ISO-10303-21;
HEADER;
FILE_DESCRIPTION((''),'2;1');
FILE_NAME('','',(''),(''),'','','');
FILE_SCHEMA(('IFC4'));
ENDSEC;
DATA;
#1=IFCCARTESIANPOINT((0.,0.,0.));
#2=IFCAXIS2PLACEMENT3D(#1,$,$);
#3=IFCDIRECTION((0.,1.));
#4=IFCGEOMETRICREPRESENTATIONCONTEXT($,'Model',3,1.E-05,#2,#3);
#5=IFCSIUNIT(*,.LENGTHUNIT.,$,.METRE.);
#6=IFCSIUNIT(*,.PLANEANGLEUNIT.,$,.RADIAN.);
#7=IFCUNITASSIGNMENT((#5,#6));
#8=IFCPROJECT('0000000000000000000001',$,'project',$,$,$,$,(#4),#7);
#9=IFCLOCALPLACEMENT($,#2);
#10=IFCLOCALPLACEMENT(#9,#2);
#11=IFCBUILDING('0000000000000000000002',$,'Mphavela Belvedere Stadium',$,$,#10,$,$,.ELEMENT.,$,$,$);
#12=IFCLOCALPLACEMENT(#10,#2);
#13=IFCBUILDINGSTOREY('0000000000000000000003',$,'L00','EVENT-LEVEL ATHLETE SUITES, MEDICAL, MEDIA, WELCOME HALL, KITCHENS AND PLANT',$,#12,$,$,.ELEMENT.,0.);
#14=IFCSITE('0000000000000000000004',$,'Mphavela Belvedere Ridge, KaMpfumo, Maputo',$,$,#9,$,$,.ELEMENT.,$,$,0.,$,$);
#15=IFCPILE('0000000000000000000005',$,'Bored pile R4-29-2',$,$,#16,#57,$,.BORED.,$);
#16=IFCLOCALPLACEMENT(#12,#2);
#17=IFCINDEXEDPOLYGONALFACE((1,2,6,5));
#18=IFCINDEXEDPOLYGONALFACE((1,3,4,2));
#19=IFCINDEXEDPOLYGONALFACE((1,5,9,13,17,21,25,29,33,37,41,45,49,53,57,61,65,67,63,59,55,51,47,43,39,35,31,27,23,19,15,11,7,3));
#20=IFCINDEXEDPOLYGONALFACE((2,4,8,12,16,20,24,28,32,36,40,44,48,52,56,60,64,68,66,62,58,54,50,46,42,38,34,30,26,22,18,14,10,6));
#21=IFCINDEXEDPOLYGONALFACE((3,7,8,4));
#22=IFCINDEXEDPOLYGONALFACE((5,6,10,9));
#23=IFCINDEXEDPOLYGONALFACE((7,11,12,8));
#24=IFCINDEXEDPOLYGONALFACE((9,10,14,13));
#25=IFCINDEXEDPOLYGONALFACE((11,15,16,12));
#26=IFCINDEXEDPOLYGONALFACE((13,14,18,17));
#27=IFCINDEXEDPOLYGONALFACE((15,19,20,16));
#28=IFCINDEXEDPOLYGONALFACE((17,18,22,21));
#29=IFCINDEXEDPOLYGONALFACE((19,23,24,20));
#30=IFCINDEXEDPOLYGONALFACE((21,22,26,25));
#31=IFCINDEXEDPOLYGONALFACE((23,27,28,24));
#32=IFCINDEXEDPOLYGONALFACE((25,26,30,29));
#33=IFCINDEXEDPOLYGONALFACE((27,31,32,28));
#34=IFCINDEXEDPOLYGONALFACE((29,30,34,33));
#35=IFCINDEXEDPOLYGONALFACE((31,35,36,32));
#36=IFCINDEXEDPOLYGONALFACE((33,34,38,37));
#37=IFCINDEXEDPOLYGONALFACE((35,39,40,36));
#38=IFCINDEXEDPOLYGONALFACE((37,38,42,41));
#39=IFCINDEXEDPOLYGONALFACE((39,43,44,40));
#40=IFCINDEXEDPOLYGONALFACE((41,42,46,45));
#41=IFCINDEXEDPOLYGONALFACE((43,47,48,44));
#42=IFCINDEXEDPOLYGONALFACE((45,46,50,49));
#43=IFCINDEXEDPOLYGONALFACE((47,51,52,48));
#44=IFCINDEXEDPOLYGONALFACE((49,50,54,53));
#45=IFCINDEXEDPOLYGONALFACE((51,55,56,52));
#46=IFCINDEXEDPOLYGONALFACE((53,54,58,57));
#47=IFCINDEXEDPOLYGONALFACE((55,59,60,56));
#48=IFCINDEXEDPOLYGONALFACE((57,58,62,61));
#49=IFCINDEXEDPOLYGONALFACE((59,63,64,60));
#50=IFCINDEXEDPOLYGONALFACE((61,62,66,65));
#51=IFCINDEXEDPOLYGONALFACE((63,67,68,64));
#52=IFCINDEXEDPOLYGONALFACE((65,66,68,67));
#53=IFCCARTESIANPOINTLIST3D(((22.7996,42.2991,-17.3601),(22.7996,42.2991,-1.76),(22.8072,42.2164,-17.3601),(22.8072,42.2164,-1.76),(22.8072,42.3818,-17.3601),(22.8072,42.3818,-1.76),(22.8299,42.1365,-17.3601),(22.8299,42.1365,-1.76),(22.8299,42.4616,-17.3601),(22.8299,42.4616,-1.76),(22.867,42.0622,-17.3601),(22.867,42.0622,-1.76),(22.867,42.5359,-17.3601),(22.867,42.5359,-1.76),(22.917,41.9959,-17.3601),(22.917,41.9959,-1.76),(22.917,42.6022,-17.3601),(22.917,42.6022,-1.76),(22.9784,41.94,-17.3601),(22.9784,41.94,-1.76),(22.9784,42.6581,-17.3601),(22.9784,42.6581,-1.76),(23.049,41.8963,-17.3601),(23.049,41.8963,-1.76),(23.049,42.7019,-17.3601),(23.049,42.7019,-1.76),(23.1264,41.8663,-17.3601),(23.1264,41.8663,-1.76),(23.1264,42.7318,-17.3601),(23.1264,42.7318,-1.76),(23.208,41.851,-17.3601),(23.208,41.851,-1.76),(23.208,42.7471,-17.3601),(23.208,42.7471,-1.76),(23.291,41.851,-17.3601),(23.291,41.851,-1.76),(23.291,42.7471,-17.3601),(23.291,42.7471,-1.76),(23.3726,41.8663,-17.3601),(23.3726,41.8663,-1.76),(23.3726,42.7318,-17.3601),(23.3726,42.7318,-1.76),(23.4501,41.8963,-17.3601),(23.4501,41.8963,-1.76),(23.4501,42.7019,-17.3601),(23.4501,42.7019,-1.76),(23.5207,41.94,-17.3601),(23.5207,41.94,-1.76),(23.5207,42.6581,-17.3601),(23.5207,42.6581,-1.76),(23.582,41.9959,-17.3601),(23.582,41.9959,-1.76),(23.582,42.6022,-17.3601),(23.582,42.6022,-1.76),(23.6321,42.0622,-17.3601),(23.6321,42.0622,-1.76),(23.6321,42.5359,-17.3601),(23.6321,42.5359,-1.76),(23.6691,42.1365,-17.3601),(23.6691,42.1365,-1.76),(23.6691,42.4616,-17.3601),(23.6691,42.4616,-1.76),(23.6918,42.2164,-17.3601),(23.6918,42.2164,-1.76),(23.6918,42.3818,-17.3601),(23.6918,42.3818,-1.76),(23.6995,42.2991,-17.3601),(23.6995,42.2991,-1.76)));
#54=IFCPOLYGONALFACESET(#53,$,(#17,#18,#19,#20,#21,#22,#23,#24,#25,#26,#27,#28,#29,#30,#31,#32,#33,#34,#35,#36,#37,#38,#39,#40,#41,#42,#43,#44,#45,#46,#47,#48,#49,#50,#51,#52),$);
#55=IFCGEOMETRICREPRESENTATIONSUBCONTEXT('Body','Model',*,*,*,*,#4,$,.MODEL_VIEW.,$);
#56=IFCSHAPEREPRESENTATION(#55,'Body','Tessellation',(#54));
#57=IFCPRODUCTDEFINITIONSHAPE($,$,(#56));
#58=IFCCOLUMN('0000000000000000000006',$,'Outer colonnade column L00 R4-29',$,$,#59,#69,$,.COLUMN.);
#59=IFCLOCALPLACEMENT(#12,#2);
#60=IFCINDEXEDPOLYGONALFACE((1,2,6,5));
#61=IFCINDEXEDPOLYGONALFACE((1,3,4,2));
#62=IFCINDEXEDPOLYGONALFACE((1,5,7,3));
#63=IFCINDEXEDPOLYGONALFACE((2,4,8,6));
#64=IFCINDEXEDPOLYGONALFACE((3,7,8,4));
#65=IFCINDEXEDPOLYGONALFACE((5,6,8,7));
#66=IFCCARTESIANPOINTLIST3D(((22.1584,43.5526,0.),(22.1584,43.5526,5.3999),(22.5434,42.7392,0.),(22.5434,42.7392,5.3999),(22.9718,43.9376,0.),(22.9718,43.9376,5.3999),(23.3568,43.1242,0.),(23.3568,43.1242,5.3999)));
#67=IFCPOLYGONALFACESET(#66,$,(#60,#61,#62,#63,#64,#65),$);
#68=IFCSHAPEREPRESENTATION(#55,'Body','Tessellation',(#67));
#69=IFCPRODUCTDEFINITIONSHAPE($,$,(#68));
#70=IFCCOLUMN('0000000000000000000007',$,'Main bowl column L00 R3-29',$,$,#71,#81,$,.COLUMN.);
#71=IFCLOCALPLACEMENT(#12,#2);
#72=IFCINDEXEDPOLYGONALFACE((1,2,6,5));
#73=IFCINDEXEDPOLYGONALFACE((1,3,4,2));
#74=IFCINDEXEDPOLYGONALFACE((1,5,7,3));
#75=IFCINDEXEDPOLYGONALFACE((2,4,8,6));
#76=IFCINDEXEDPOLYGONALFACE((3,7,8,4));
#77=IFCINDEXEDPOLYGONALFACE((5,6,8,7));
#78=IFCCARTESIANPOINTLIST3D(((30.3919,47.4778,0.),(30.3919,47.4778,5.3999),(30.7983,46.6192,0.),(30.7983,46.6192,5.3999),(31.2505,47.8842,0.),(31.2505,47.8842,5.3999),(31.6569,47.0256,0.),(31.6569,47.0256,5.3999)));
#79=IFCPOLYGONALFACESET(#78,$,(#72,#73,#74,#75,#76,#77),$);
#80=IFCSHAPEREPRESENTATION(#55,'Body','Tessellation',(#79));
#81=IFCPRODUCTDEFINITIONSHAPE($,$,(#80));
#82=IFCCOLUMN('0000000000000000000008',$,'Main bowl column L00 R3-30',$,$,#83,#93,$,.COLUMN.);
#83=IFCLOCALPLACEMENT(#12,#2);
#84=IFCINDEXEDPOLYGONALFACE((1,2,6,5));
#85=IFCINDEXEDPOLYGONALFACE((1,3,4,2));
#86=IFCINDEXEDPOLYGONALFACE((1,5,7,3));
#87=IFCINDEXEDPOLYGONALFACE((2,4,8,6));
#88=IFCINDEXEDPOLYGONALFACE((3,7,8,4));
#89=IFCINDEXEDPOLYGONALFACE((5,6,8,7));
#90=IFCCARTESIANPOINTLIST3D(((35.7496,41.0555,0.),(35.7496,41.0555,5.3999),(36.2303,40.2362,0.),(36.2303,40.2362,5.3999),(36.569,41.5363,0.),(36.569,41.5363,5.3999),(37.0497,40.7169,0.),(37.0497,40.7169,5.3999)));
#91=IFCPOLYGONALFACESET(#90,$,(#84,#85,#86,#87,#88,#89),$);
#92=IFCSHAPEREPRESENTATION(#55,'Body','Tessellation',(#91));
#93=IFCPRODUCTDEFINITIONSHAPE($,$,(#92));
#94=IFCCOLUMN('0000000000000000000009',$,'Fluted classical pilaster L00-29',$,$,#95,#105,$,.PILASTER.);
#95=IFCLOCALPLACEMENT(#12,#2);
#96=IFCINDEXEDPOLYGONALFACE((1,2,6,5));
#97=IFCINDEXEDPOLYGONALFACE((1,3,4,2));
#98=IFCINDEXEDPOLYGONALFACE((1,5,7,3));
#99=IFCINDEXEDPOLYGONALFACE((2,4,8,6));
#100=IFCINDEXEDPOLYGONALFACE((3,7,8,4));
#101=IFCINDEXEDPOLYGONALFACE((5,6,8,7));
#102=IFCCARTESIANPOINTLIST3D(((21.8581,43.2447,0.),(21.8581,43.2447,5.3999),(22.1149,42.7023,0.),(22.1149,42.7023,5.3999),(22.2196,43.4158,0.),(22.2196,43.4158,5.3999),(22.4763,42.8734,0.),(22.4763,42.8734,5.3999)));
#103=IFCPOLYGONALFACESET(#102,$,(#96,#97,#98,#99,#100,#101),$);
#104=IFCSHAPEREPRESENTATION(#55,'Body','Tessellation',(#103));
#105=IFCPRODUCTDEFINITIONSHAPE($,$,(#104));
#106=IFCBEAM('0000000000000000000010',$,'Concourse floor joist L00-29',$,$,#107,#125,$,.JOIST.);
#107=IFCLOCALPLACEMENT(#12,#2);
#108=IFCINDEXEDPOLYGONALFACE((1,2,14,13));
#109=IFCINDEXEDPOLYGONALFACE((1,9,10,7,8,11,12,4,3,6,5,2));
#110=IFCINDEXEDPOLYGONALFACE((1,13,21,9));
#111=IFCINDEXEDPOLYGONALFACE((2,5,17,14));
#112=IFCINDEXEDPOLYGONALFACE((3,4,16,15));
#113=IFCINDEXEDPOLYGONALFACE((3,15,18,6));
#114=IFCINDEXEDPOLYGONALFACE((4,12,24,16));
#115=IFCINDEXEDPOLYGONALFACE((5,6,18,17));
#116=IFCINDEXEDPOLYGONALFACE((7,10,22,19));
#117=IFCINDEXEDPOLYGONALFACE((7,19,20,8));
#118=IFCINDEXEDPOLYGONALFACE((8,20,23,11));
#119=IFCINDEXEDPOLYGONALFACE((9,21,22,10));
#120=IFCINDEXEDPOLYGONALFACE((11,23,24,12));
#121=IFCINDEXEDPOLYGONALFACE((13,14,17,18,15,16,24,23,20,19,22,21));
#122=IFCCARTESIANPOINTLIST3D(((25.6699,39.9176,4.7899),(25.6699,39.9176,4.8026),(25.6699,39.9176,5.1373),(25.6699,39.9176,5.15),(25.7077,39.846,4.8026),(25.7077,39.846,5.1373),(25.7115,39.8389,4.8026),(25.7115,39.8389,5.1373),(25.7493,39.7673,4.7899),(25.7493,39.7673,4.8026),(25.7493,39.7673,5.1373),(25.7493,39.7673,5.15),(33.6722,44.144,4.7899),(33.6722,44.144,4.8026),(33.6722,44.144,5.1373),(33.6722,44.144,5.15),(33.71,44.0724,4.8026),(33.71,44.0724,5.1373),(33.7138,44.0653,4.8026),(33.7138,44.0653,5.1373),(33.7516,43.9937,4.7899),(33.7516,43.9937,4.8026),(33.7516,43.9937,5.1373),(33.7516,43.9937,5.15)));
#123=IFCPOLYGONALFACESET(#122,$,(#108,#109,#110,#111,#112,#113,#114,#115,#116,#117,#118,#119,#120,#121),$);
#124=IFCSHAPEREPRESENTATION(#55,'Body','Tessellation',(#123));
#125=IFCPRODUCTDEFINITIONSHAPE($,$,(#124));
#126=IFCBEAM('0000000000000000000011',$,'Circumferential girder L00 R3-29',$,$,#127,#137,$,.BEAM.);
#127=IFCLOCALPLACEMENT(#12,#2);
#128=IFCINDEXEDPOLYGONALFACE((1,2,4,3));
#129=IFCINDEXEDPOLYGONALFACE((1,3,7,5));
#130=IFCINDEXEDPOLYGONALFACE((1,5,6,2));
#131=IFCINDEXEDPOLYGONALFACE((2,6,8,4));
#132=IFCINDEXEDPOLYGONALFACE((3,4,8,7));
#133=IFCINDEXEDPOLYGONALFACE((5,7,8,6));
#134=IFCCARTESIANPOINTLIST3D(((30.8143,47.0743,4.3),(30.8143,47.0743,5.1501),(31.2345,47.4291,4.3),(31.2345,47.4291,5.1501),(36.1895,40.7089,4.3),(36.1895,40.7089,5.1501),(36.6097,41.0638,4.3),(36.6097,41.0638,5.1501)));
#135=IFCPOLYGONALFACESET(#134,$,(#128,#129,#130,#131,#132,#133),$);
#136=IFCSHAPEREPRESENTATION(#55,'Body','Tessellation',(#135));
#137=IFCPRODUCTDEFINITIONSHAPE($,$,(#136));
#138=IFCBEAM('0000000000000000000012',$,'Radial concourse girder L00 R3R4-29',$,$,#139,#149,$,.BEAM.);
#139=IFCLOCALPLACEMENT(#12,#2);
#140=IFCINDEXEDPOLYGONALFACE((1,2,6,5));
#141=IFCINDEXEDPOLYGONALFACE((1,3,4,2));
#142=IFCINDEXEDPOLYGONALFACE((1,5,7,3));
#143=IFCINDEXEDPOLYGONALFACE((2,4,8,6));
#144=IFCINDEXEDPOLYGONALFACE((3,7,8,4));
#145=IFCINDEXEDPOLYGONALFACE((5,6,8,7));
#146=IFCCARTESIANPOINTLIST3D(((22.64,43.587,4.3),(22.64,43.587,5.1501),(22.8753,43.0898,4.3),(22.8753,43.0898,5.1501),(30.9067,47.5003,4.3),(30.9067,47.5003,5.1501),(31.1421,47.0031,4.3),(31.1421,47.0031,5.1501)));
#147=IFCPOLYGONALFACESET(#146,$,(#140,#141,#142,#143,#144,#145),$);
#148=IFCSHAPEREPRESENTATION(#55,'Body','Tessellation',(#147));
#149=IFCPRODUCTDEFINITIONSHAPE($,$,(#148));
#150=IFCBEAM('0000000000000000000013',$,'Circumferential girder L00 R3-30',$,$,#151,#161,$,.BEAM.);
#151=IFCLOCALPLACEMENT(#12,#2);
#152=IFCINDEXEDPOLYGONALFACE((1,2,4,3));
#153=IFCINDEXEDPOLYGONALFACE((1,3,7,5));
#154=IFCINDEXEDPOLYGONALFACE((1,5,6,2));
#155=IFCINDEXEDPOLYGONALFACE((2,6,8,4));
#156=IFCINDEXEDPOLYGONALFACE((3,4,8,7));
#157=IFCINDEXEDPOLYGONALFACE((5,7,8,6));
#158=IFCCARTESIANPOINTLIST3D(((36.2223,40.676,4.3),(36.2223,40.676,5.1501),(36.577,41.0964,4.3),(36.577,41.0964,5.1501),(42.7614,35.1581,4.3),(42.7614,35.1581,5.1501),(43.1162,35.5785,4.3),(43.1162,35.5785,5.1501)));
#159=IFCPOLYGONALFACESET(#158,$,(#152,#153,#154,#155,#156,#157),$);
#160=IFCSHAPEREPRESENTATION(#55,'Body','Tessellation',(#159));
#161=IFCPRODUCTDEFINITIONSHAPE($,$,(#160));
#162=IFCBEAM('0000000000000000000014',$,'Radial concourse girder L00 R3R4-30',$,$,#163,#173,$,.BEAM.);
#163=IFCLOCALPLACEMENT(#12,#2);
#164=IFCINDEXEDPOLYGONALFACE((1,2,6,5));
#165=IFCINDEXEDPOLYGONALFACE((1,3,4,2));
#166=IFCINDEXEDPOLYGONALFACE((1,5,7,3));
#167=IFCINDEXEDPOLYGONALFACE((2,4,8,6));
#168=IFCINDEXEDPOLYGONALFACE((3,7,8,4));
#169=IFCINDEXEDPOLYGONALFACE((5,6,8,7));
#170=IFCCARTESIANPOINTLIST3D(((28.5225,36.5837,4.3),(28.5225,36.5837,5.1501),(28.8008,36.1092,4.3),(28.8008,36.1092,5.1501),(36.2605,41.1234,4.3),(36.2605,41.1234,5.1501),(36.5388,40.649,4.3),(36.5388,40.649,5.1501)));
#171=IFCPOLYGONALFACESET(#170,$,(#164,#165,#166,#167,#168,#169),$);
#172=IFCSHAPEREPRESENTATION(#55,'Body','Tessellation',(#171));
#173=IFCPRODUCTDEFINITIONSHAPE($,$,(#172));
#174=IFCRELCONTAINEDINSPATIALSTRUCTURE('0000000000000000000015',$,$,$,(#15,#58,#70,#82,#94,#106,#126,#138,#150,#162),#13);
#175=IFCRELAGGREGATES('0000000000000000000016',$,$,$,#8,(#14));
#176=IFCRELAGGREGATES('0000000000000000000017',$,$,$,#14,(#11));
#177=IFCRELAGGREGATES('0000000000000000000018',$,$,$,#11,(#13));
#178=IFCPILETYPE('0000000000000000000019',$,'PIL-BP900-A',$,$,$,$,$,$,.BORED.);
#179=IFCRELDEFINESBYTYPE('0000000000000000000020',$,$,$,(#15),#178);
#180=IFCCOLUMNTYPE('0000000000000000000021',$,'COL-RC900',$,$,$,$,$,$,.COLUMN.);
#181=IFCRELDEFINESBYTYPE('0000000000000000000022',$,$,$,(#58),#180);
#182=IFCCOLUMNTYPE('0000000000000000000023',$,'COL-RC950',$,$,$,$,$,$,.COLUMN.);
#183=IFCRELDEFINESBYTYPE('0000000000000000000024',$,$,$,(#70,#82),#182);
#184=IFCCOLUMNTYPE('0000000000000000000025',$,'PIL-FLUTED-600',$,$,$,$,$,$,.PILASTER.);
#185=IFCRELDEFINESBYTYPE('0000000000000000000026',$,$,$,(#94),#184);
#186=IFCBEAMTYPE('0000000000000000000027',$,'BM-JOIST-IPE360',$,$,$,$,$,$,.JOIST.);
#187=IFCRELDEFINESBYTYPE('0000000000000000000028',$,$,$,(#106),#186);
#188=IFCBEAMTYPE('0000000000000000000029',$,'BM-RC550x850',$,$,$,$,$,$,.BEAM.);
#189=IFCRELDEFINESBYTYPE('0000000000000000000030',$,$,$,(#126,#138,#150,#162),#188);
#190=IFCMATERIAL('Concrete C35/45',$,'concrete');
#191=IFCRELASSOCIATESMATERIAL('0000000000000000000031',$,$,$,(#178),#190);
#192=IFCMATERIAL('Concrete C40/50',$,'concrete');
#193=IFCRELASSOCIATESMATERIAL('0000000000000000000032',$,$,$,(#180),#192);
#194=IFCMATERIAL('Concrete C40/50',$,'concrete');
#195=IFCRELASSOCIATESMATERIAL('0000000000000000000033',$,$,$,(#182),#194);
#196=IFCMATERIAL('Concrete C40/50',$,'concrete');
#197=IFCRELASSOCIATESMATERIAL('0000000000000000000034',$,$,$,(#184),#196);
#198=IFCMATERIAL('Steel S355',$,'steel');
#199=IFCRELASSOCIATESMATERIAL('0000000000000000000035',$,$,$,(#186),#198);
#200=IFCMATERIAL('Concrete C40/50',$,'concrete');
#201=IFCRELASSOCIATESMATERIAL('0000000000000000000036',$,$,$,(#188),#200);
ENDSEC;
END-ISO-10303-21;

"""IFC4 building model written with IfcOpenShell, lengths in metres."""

from ifc_helpers import new_model, si_unit, direction, frame, origin, origin_2d, place, context, subcontext, project, spatial, rectangle, circle, i_section, extrude, material, material_profile, profile_set, type_object, element, save


model = new_model("IFC4")

# Units and contexts
model_context = context("Model", 3, precision=1e-05, world=origin(), true_north=direction((0.0, 1.0)))
body_context = subcontext(model_context, "Body", "Model", "MODEL_VIEW")
ifc_project = project(units=[si_unit("LENGTHUNIT", "METRE"), si_unit("PLANEANGLEUNIT", "RADIAN")], contexts=[model_context])

# Site, building, storey
site_placement = place(None, origin())
site = spatial("IfcSite", under=ifc_project, at=site_placement, Name="Mphavela Belvedere Ridge, KaMpfumo, Maputo", CompositionType="ELEMENT", RefElevation=0.0)
building_placement = place(site_placement, origin())
building = spatial("IfcBuilding", under=site, at=building_placement, Name="Mphavela Belvedere Stadium", CompositionType="ELEMENT")
storey_placement = place(building_placement, origin())
storey = spatial("IfcBuildingStorey", under=building, at=storey_placement, Name="L00", Description="EVENT-LEVEL ATHLETE SUITES, MEDICAL, MEDIA, WELCOME HALL, KITCHENS AND PLANT", CompositionType="ELEMENT", Elevation=0.0)

# Pile
ifc_material_1 = material(Name="Concrete C35/45", Category="concrete")
ifc_material_profile_1 = material_profile(ifc_material_1, circle(Radius=0.45, at=origin_2d()), Name="BP D900")
ifc_profile_set_1 = profile_set([ifc_material_profile_1], Name="Concrete C35/45")
pile_type_1 = type_object("IfcPileType", Name="PIL-BP900-A", PredefinedType="BORED", material=ifc_profile_set_1)
for number, where, z_axis, x_axis, name in (
    (1, (23.2495, 42.2991, -1.76), (0.0, 0.0, -1.0), (1.0, 0.0, 0.0), "Bored pile R4-29-2"),
):
    element("IfcPile", number, at=place(storey_placement, frame(where, z_axis=z_axis, x_axis=x_axis)), inside=storey, type_object=pile_type_1, Name=name, PredefinedType="BORED", context=body_context, shape_type="SweptSolid", body=[
        extrude(circle(Radius=0.45, at=origin_2d()), origin(), (0.0, 0.0, 1.0), 15.6001),
    ])

# Columns
ifc_material_2 = material(Name="Concrete C40/50", Category="concrete")
ifc_material_profile_2 = material_profile(ifc_material_2, rectangle(XDim=0.8999, YDim=0.8999, at=origin_2d()), Name="RC 900x900")
ifc_profile_set_2 = profile_set([ifc_material_profile_2], Name="Concrete C40/50")
column_type_1 = type_object("IfcColumnType", Name="COL-RC900", PredefinedType="COLUMN", material=ifc_profile_set_2)
column_1_placement = place(storey_placement, frame((22.7576, 43.3384, 0.0), z_axis=(0.0, 0.0, 1.0), x_axis=(-0.903859, -0.427831, 0.0)))
element("IfcColumn", 2, at=column_1_placement, inside=storey, type_object=column_type_1, Name="Outer colonnade column L00 R4-29", PredefinedType="COLUMN", context=body_context, shape_type="SweptSolid", body=[
    extrude(rectangle(XDim=0.8999, YDim=0.8999, at=origin_2d()), origin(), (0.0, 0.0, 1.0), 5.3999),
])
ifc_material_3 = material(Name="Concrete C40/50", Category="concrete")
ifc_material_profile_3 = material_profile(ifc_material_3, rectangle(XDim=0.95, YDim=0.95, at=origin_2d()), Name="RC 950x950")
ifc_profile_set_3 = profile_set([ifc_material_profile_3], Name="Concrete C40/50")
column_type_2 = type_object("IfcColumnType", Name="COL-RC950", PredefinedType="COLUMN", material=ifc_profile_set_3)
for number, where, z_axis, x_axis, name in (
    (3, (31.0244, 47.2517, 0.0), (0.0, 0.0, 1.0), (-0.903859, -0.427831, 0.0), "Main bowl column L00 R3-29"),
    (4, (36.3997, 40.8862, 0.0), (0.0, 0.0, 1.0), (-0.862514, -0.506034, 0.0), "Main bowl column L00 R3-30"),
):
    element("IfcColumn", number, at=place(storey_placement, frame(where, z_axis=z_axis, x_axis=x_axis)), inside=storey, type_object=column_type_2, Name=name, PredefinedType="COLUMN", context=body_context, shape_type="SweptSolid", body=[
        extrude(rectangle(XDim=0.95, YDim=0.95, at=origin_2d()), origin(), (0.0, 0.0, 1.0), 5.3999),
    ])
ifc_material_4 = material(Name="Concrete C40/50", Category="concrete")
ifc_material_profile_4 = material_profile(ifc_material_4, rectangle(XDim=0.6001, YDim=0.3999, at=origin_2d()), Name="PIL 600x400")
ifc_profile_set_4 = profile_set([ifc_material_profile_4], Name="Concrete C40/50")
column_type_3 = type_object("IfcColumnType", Name="PIL-FLUTED-600", PredefinedType="PILASTER", material=ifc_profile_set_4)
column_2_placement = place(storey_placement, frame((22.1672, 43.0591, 0.0), z_axis=(0.0, 0.0, 1.0), x_axis=(0.427831, -0.903859, 0.0)))
element("IfcColumn", 5, at=column_2_placement, inside=storey, type_object=column_type_3, Name="Fluted classical pilaster L00-29", PredefinedType="PILASTER", context=body_context, shape_type="SweptSolid", body=[
    extrude(rectangle(XDim=0.6001, YDim=0.3999, at=origin_2d()), origin(), (0.0, 0.0, 1.0), 5.3999),
])

# Beams
ifc_material_5 = material(Name="Steel S355", Category="steel")
ifc_material_profile_5 = material_profile(ifc_material_5, i_section(OverallWidth=0.1699, OverallDepth=0.3601, WebThickness=0.0081, FlangeThickness=0.0127, at=origin_2d()), Name="IPE 360")
ifc_profile_set_5 = profile_set([ifc_material_profile_5], Name="Steel S355")
beam_type_1 = type_object("IfcBeamType", Name="BM-JOIST-IPE360", PredefinedType="JOIST", material=ifc_profile_set_5)
beam_1_placement = place(storey_placement, frame((33.7119, 44.0688, 4.97), z_axis=(-0.884251, -0.467012, 0.0), x_axis=(0.467012, -0.884251, 0.0)))
element("IfcBeam", 6, at=beam_1_placement, inside=storey, type_object=beam_type_1, Name="Concourse floor joist L00-29", PredefinedType="JOIST", context=body_context, shape_type="SweptSolid", body=[
    extrude(i_section(OverallWidth=0.1699, OverallDepth=0.3601, WebThickness=0.0081, FlangeThickness=0.0127, at=origin_2d()), origin(), (0.0, 0.0, 1.0), 9.0498),
])
ifc_material_6 = material(Name="Concrete C40/50", Category="concrete")
ifc_material_profile_6 = material_profile(ifc_material_6, rectangle(XDim=0.55, YDim=0.8501, at=origin_2d()), Name="RC 550x850")
ifc_profile_set_6 = profile_set([ifc_material_profile_6], Name="Concrete C40/50")
beam_type_2 = type_object("IfcBeamType", Name="BM-RC550x850", PredefinedType="BEAM", material=ifc_profile_set_6)
beam_2_placement = place(storey_placement, frame((31.0244, 47.2517, 4.7251), z_axis=(0.645177, -0.764033, 0.0), x_axis=(0.764033, 0.645177, 0.0)))
element("IfcBeam", 7, at=beam_2_placement, inside=storey, type_object=beam_type_2, Name="Circumferential girder L00 R3-29", PredefinedType="BEAM", context=body_context, shape_type="SweptSolid", body=[
    extrude(rectangle(XDim=0.55, YDim=0.8501, at=origin_2d()), origin(), (0.0, 0.0, 1.0), 8.3313),
])
beam_3_placement = place(storey_placement, frame((31.0244, 47.2517, 4.7251), z_axis=(-0.903845, -0.427859, 0.0), x_axis=(0.427859, -0.903845, 0.0)))
element("IfcBeam", 8, at=beam_3_placement, inside=storey, type_object=beam_type_2, Name="Radial concourse girder L00 R3R4-29", PredefinedType="BEAM", context=body_context, shape_type="SweptSolid", body=[
    extrude(rectangle(XDim=0.55, YDim=0.8501, at=origin_2d()), origin(), (0.0, 0.0, 1.0), 9.1462),
])
beam_4_placement = place(storey_placement, frame((36.3997, 40.8862, 4.7251), z_axis=(0.764263, -0.644904, 0.0), x_axis=(0.644904, 0.764263, 0.0)))
element("IfcBeam", 9, at=beam_4_placement, inside=storey, type_object=beam_type_2, Name="Circumferential girder L00 R3-30", PredefinedType="BEAM", context=body_context, shape_type="SweptSolid", body=[
    extrude(rectangle(XDim=0.55, YDim=0.8501, at=origin_2d()), origin(), (0.0, 0.0, 1.0), 8.5562),
])
beam_5_placement = place(storey_placement, frame((36.3997, 40.8862, 4.7251), z_axis=(-0.862518, -0.506027, 0.0), x_axis=(0.506027, -0.862518, 0.0)))
element("IfcBeam", 10, at=beam_5_placement, inside=storey, type_object=beam_type_2, Name="Radial concourse girder L00 R3R4-30", PredefinedType="BEAM", context=body_context, shape_type="SweptSolid", body=[
    extrude(rectangle(XDim=0.55, YDim=0.8501, at=origin_2d()), origin(), (0.0, 0.0, 1.0), 8.9714),
])

save(model, "model.ifc")
